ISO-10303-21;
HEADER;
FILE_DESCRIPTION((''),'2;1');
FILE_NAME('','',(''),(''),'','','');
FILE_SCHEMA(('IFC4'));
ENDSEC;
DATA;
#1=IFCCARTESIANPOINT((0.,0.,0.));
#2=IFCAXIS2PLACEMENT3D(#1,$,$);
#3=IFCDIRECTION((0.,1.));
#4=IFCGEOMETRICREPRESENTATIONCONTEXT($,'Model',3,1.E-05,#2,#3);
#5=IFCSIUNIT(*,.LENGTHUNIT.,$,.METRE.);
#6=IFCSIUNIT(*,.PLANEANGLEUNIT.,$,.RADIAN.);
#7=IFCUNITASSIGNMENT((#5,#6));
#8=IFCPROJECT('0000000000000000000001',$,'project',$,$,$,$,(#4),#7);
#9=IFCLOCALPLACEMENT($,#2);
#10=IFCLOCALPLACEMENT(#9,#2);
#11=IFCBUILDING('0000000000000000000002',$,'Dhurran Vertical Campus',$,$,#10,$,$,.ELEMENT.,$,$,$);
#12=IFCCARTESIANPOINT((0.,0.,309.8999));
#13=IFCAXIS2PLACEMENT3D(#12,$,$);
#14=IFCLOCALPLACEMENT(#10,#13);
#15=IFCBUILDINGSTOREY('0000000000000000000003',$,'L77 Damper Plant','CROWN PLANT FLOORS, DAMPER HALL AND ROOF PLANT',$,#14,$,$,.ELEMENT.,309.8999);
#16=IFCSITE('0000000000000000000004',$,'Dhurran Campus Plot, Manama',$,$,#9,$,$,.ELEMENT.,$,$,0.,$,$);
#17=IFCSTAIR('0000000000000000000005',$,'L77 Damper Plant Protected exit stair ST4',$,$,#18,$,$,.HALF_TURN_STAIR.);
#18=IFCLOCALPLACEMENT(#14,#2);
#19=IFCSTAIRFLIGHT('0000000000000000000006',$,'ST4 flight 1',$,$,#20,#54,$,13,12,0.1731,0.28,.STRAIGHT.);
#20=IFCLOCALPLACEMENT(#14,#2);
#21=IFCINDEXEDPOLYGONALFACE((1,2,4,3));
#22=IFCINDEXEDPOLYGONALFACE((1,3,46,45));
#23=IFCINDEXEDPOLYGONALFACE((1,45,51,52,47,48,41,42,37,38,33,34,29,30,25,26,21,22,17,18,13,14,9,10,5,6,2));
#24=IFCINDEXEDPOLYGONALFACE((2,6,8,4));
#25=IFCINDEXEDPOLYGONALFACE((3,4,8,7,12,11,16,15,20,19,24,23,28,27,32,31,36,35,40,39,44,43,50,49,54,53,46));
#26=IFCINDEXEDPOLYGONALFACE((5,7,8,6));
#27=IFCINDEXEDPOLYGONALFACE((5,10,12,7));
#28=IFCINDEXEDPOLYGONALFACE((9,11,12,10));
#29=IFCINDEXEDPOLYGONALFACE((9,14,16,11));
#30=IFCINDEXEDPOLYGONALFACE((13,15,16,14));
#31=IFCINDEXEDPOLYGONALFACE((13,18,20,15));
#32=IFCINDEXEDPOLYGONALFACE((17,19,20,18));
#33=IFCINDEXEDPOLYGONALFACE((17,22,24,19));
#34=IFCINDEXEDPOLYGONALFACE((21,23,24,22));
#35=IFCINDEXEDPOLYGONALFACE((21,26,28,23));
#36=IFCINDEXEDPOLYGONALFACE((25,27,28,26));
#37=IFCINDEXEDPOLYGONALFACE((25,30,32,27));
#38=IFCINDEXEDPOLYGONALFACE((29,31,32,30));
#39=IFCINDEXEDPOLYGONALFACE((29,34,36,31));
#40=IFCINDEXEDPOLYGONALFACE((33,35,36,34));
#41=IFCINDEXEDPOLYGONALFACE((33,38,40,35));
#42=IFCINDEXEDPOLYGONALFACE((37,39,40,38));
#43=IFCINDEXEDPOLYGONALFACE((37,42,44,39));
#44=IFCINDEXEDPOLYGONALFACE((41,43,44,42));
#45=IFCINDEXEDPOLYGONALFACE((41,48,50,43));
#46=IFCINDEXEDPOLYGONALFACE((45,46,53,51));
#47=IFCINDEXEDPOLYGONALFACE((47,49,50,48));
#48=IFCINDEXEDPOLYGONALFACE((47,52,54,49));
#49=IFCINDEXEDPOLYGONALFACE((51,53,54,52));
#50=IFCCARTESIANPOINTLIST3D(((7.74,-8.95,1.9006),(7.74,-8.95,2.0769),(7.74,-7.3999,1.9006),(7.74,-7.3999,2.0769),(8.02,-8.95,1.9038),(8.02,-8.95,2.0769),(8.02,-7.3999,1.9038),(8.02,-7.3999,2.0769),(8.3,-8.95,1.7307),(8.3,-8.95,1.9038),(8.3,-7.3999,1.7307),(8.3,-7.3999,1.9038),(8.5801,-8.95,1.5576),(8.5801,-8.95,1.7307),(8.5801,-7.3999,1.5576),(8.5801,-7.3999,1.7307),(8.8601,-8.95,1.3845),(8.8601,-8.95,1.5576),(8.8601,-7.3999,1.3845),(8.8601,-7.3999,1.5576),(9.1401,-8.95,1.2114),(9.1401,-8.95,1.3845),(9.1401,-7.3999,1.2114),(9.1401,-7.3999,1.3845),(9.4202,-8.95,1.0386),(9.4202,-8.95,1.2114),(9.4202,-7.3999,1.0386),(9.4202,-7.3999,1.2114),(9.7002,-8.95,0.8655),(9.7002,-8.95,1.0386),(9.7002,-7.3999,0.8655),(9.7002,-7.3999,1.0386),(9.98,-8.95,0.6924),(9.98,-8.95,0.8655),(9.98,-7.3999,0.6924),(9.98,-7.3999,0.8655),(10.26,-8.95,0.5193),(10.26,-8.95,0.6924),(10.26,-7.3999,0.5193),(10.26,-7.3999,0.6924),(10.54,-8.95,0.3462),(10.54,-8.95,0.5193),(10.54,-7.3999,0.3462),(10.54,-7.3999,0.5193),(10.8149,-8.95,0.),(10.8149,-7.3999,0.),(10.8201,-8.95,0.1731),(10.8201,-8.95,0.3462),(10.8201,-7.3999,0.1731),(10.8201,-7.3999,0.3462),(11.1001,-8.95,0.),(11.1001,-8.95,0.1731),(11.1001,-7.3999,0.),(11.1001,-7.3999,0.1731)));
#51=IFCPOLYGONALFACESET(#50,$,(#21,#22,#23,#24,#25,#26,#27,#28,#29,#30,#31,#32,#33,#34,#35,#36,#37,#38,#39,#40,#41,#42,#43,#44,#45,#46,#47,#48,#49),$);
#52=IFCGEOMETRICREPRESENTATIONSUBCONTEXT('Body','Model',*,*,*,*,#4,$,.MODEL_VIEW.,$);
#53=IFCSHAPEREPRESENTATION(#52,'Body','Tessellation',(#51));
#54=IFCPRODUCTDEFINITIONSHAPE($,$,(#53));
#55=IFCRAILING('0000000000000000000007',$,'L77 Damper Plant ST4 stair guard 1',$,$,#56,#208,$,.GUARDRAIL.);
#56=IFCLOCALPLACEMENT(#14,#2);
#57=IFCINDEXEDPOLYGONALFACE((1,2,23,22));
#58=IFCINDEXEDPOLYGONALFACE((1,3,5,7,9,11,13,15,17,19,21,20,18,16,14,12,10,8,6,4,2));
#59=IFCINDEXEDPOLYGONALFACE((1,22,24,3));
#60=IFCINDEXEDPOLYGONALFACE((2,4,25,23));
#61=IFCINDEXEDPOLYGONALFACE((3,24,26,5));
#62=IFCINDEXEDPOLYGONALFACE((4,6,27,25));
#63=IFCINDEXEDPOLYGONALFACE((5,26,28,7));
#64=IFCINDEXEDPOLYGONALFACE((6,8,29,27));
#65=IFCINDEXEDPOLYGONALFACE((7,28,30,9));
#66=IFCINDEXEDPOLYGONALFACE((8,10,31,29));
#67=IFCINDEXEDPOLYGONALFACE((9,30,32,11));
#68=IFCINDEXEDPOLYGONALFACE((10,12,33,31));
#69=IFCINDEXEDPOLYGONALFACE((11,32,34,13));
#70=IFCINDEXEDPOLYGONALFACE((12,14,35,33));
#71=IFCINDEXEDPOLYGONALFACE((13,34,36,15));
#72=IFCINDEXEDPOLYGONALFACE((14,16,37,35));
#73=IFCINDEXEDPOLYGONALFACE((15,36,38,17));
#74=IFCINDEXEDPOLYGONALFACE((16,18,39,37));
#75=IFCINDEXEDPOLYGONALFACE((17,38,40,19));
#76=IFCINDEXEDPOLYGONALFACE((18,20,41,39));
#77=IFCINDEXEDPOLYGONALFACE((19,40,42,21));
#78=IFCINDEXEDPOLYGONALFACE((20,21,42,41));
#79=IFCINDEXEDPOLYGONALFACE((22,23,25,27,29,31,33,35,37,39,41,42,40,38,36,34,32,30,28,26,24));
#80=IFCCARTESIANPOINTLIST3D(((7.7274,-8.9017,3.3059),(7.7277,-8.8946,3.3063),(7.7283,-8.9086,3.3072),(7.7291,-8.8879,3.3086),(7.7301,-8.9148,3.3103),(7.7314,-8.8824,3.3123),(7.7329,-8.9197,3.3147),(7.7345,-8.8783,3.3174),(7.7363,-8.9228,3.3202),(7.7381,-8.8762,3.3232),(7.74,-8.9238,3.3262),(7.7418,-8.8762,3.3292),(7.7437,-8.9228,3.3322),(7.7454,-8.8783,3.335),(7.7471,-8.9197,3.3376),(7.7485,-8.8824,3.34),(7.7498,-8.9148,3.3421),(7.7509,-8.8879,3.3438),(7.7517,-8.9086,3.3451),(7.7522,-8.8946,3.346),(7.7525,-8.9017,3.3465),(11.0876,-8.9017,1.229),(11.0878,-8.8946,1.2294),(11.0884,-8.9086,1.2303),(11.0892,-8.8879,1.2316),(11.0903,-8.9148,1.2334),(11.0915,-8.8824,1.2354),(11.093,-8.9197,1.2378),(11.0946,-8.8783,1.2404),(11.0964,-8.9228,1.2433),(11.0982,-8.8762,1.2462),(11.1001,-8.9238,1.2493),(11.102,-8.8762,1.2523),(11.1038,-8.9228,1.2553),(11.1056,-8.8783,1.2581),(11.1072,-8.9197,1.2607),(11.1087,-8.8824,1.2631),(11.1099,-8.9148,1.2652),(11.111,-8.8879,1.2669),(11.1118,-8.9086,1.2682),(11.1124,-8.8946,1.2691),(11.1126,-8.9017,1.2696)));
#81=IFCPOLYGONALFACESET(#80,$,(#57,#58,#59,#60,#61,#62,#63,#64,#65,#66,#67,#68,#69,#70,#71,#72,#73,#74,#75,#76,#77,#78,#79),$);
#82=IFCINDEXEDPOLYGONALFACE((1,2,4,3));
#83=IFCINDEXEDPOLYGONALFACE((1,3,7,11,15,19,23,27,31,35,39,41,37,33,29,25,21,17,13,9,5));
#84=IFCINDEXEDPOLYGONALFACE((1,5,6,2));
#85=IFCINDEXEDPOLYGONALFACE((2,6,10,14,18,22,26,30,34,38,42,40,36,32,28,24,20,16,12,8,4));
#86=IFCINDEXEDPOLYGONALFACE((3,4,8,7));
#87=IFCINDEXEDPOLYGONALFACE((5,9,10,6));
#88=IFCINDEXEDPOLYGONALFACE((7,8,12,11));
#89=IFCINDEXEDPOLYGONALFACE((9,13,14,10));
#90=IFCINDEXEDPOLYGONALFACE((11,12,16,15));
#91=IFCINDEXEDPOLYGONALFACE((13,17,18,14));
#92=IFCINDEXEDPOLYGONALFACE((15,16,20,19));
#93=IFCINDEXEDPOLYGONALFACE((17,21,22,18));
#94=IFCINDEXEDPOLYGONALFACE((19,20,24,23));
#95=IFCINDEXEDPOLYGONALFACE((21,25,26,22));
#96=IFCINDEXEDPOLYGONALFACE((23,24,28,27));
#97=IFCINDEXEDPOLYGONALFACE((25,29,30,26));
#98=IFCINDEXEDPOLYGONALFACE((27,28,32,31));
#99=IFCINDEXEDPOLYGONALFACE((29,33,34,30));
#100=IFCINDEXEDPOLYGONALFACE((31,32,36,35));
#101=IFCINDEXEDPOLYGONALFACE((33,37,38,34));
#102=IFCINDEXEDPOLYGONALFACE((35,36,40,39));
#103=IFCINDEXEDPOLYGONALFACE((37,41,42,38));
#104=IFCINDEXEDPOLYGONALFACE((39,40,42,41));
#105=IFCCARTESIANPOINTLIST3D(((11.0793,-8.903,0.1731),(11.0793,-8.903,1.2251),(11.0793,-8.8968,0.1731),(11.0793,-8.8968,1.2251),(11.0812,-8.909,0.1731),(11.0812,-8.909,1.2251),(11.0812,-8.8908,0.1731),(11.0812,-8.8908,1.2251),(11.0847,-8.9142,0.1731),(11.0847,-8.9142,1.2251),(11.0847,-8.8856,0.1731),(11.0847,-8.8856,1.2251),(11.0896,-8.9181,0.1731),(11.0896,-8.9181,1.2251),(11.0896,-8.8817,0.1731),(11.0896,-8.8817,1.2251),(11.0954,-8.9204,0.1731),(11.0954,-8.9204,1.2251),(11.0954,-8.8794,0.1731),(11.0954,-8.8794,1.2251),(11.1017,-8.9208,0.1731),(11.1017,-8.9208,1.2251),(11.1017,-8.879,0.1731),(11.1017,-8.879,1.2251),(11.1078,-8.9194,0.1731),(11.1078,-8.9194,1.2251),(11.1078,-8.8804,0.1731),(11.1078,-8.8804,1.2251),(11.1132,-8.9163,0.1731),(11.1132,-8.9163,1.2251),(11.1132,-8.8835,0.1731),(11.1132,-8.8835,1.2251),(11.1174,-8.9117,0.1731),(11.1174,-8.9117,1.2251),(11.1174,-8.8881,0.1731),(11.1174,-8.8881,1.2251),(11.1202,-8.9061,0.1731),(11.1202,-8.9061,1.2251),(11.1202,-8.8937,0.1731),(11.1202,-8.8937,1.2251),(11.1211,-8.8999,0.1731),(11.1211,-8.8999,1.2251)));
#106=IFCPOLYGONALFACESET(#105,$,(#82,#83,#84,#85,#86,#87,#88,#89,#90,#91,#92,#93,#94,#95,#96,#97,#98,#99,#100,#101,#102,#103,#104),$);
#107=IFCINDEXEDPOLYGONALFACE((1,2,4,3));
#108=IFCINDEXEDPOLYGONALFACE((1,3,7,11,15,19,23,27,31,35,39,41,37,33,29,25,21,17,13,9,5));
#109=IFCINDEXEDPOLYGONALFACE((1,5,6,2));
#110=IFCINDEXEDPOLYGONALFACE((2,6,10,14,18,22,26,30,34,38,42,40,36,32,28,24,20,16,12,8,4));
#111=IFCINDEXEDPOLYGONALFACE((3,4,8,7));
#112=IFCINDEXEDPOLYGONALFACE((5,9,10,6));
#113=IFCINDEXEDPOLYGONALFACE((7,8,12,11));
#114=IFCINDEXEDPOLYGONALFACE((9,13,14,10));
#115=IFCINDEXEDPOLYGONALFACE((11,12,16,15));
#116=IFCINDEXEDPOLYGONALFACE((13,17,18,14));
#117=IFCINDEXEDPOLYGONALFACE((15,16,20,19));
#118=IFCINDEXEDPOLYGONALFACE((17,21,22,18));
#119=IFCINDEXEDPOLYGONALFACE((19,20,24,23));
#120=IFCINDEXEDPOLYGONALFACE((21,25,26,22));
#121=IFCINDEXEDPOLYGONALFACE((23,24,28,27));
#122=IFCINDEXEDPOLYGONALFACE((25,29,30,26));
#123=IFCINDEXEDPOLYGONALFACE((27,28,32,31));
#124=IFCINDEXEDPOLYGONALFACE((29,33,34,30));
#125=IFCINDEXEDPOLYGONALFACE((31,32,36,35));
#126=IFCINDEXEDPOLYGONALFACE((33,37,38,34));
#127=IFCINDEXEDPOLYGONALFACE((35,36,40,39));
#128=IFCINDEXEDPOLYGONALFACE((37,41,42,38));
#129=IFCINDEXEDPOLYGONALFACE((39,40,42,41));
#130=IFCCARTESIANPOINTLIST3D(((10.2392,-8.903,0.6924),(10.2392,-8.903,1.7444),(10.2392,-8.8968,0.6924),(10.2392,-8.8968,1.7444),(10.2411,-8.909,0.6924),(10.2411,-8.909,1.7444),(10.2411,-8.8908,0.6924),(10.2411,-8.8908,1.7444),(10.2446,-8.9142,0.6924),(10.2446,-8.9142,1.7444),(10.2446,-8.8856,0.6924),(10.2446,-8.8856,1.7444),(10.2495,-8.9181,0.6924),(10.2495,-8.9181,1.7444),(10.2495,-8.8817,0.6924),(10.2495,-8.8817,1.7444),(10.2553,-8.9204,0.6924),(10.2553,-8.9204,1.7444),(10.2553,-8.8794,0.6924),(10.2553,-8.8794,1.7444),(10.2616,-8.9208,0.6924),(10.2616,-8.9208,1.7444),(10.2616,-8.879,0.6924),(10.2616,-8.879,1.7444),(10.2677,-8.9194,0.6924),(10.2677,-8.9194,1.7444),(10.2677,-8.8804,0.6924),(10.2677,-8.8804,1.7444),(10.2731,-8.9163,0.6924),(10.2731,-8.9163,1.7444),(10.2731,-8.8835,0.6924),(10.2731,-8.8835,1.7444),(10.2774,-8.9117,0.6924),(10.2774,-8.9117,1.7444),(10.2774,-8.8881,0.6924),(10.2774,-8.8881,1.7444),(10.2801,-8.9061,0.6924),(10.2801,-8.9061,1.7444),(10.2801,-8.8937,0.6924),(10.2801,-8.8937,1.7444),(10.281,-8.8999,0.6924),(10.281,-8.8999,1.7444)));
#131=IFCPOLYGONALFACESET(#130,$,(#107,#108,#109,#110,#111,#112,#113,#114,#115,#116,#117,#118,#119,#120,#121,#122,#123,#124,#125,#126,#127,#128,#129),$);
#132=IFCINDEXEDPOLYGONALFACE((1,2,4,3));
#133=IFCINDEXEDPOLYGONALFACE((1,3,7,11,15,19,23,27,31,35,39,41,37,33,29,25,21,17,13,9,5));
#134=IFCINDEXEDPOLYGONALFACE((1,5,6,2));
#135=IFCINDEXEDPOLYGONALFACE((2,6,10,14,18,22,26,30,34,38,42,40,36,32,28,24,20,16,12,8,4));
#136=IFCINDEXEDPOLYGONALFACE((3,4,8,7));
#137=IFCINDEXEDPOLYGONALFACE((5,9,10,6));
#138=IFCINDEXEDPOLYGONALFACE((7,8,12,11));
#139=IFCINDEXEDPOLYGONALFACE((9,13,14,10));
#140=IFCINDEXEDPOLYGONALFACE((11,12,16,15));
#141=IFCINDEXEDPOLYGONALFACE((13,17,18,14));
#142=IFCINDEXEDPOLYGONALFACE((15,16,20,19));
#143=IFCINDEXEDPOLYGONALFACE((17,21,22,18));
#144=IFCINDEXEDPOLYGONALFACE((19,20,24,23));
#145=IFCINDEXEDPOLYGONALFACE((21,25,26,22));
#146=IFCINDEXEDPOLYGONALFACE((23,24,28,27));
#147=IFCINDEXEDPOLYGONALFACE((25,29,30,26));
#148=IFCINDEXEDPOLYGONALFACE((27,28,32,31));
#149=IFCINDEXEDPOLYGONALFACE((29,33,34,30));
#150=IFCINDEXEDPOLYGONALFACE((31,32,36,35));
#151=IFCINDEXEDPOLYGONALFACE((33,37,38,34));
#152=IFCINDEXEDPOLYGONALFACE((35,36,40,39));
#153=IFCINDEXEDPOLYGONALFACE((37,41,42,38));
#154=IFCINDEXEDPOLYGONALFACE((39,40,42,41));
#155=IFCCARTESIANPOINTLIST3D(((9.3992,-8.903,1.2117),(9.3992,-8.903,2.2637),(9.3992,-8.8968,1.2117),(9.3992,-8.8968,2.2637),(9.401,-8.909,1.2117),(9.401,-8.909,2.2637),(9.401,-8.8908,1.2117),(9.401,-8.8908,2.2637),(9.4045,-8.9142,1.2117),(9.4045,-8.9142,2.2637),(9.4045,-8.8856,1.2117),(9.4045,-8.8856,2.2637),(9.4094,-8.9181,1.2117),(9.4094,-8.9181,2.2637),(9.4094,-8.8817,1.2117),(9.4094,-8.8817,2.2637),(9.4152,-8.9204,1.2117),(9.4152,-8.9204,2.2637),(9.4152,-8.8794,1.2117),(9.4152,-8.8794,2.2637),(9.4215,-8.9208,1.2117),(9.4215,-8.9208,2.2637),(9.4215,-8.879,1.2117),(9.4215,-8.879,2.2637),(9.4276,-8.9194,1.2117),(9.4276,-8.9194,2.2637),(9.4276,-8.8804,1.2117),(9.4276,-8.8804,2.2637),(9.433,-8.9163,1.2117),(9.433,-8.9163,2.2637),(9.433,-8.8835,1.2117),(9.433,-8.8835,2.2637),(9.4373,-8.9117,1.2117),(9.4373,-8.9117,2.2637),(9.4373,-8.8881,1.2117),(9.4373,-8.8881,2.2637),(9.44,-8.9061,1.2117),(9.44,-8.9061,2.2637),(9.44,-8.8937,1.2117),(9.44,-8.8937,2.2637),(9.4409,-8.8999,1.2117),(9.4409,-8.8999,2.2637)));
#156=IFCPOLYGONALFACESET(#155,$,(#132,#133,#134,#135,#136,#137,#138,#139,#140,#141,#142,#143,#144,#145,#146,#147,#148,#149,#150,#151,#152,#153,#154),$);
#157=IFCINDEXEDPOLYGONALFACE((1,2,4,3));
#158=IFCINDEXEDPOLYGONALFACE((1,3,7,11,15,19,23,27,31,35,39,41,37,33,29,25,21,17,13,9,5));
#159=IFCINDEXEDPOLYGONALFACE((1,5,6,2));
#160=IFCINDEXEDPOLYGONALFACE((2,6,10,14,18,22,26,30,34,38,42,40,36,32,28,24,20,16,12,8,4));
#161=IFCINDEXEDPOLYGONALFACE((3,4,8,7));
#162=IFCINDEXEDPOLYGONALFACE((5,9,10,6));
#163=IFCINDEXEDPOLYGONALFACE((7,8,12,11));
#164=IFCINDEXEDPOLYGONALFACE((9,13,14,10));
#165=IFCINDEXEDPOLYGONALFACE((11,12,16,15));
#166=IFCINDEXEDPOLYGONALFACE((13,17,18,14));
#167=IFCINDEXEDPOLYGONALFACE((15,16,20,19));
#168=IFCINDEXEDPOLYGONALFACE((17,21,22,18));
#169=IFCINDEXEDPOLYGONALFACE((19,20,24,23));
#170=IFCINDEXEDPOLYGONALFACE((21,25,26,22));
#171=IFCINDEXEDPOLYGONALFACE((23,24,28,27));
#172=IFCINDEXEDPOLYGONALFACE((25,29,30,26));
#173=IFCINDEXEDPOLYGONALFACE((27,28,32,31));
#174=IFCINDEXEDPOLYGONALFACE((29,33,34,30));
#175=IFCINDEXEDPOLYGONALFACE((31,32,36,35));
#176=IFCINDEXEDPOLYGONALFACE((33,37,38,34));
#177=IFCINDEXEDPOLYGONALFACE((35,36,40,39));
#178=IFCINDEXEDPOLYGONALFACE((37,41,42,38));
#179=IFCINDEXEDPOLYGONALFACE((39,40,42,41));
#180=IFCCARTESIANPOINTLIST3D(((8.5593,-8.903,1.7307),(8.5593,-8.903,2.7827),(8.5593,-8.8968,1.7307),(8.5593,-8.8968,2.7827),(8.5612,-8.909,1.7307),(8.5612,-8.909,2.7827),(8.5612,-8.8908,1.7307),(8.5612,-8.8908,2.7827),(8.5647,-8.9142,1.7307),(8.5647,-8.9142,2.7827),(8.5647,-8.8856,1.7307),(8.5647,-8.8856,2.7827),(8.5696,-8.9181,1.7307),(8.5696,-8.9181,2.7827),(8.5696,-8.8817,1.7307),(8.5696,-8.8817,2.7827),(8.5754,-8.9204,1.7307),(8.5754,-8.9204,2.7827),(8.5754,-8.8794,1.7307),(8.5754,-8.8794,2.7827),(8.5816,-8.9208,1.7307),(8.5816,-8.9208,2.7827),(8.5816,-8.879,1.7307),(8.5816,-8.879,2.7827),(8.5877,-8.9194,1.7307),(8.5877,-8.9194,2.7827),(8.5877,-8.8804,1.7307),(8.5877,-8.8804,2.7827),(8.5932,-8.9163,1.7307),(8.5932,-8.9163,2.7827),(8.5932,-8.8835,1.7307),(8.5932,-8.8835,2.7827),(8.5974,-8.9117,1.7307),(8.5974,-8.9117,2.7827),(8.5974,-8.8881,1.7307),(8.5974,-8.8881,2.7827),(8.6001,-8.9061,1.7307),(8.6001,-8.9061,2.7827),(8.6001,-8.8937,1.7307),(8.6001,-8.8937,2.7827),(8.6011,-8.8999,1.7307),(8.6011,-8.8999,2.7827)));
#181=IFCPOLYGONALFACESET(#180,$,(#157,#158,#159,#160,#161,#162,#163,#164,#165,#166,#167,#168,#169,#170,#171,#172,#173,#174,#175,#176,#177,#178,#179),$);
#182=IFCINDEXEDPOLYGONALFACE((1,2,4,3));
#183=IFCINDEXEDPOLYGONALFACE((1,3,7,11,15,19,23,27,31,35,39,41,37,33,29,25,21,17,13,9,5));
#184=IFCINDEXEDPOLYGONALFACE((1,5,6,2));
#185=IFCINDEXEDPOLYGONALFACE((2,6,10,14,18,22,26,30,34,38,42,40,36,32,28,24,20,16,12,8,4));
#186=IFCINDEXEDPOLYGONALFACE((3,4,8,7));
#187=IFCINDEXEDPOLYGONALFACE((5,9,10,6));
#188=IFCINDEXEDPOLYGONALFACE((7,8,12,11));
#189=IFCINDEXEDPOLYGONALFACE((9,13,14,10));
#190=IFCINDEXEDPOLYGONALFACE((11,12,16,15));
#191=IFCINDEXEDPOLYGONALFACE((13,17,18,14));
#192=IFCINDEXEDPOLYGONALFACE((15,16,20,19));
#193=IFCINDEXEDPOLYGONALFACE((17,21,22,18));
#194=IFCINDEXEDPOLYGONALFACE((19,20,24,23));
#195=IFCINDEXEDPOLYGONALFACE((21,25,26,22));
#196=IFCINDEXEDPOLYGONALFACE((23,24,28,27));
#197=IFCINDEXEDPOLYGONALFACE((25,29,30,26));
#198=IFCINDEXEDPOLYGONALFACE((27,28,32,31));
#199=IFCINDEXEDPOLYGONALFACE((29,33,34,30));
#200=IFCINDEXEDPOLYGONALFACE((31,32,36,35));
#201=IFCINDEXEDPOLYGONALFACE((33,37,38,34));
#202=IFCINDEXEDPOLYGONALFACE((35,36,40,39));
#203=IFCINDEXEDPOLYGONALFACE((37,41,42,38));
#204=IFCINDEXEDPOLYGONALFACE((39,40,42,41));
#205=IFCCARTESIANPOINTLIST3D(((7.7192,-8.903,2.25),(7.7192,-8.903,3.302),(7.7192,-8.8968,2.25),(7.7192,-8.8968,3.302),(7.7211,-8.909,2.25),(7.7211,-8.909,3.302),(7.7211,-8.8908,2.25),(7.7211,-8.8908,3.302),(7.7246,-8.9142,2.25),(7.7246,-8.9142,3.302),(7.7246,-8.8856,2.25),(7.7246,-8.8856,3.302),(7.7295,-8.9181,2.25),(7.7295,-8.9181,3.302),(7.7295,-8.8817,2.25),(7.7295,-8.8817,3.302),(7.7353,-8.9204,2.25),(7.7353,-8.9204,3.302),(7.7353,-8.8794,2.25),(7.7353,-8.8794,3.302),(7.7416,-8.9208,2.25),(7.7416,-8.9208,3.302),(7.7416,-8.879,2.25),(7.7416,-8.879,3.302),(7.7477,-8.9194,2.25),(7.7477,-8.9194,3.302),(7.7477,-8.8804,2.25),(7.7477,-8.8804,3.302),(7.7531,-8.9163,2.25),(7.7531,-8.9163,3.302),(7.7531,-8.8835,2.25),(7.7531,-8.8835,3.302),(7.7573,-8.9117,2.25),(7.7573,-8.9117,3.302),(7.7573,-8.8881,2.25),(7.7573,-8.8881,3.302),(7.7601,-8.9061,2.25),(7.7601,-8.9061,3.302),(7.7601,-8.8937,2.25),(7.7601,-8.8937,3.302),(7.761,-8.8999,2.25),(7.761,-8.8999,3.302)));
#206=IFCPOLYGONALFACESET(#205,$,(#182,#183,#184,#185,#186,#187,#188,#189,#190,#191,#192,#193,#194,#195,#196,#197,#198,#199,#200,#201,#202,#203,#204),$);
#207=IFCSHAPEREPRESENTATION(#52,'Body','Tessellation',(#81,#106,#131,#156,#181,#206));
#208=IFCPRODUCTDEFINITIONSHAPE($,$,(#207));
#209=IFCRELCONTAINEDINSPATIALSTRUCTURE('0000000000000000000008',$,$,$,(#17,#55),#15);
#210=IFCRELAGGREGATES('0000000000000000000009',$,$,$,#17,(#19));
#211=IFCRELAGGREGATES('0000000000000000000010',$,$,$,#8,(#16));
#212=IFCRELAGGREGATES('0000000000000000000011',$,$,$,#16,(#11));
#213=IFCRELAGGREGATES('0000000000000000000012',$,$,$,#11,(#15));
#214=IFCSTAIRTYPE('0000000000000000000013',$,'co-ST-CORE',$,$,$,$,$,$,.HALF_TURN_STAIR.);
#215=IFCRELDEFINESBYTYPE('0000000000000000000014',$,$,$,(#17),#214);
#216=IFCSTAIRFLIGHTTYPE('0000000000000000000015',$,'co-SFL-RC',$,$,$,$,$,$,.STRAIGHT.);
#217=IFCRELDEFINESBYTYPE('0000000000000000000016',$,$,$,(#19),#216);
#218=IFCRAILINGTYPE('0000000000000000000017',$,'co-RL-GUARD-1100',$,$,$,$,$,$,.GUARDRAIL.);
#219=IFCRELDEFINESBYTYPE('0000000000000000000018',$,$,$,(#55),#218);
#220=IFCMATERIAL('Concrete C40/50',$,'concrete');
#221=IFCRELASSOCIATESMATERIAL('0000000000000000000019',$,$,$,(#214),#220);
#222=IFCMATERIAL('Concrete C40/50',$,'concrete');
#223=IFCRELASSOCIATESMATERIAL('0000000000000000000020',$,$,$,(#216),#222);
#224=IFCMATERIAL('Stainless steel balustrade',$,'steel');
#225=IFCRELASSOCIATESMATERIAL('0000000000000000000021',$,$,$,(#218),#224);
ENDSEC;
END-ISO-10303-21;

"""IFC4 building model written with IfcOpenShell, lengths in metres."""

from ifc_helpers import new_model, si_unit, direction, frame, origin, origin_2d, place, context, subcontext, project, spatial, polyline, circle, outline, extrude, material, type_object, element, aggregate, save


model = new_model("IFC4")

# Units and contexts
model_context = context("Model", 3, precision=1e-05, world=origin(), true_north=direction((0.0, 1.0)))
body_context = subcontext(model_context, "Body", "Model", "MODEL_VIEW")
ifc_project = project(units=[si_unit("LENGTHUNIT", "METRE"), si_unit("PLANEANGLEUNIT", "RADIAN")], contexts=[model_context])

# Site, building, storey
site_placement = place(None, origin())
site = spatial("IfcSite", under=ifc_project, at=site_placement, Name="Dhurran Campus Plot, Manama", CompositionType="ELEMENT", RefElevation=0.0)
building_placement = place(site_placement, origin())
building = spatial("IfcBuilding", under=site, at=building_placement, Name="Dhurran Vertical Campus", CompositionType="ELEMENT")
storey_placement = place(building_placement, frame((0.0, 0.0, 309.8999)))
storey = spatial("IfcBuildingStorey", under=building, at=storey_placement, Name="L77 Damper Plant", Description="CROWN PLANT FLOORS, DAMPER HALL AND ROOF PLANT", CompositionType="ELEMENT", Elevation=309.8999)

# Stair, stair flight
ifc_material_1 = material(Name="Concrete C40/50", Category="concrete")
stair_type = type_object("IfcStairType", Name="co-ST-CORE", PredefinedType="HALF_TURN_STAIR", material=ifc_material_1)
stair_placement = place(storey_placement, origin())
stair = element("IfcStair", 1, at=stair_placement, inside=storey, type_object=stair_type, Name="L77 Damper Plant Protected exit stair ST4", PredefinedType="HALF_TURN_STAIR")
ifc_material_2 = material(Name="Concrete C40/50", Category="concrete")
stair_flight_type = type_object("IfcStairFlightType", Name="co-SFL-RC", PredefinedType="STRAIGHT", material=ifc_material_2)
stair_flight_placement = place(storey_placement, frame((11.1001, -8.175, 0.0), z_axis=(0.0, 0.0, 1.0), x_axis=(-1.0, 0.0, 0.0)))
stair_flight = element("IfcStairFlight", 2, at=stair_flight_placement, type_object=stair_flight_type, Name="ST4 flight 1", NumberOfRisers=13, NumberOfTreads=12, PredefinedType="STRAIGHT", RiserHeight=0.1731, TreadLength=0.28, context=body_context, shape_type="SweptSolid", body=[
    extrude(outline(polyline([(0.0, 0.0), (0.0, 0.1731), (0.28, 0.1731), (0.28, 0.3462), (0.5601, 0.3462), (0.5601, 0.5193), (0.8401, 0.5193), (0.8401, 0.6924), (1.1201, 0.6924), (1.1201, 0.8655), (1.3999, 0.8655), (1.3999, 1.0386), (1.6799, 1.0386), (1.6799, 1.2114), (1.96, 1.2114), (1.96, 1.3845), (2.24, 1.3845), (2.24, 1.5576), (2.52, 1.5576), (2.52, 1.7307), (2.8, 1.7307), (2.8, 1.9038), (3.0801, 1.9038), (3.0801, 2.0769), (3.3601, 2.0769), (3.3601, 2.25), (3.3601, 1.9006), (0.2852, 0.0), (0.0, 0.0)])), frame((0.0, 0.7749, 0.0), z_axis=(0.0, -1.0, 0.0), x_axis=(1.0, 0.0, 0.0)), (0.0, 0.0, 1.0), 1.55),
])
aggregate(stair, [stair_flight])

# Railing
ifc_material_3 = material(Name="Stainless steel balustrade", Category="steel")
railing_type = type_object("IfcRailingType", Name="co-RL-GUARD-1100", PredefinedType="GUARDRAIL", material=ifc_material_3)
railing_1_placement = place(storey_placement, frame((11.1001, -8.8999, 0.1731)))
element("IfcRailing", 3, at=railing_1_placement, inside=storey, type_object=railing_type, Name="L77 Damper Plant ST4 stair guard 1", PredefinedType="GUARDRAIL", context=body_context, shape_type="SweptSolid", body=[
    extrude(circle(Radius=0.0239, at=origin_2d()), frame((0.0, 0.0, 1.0762), z_axis=(-0.850623, 0.0, 0.525776), x_axis=(0.0, -1.0, 0.0)), (0.0, 0.0, 1.0), 3.9502),
    extrude(circle(Radius=0.021, at=origin_2d()), origin(), (0.0, 0.0, 1.0), 1.052),
    extrude(circle(Radius=0.021, at=origin_2d()), frame((-0.8401, 0.0, 0.5193)), (0.0, 0.0, 1.0), 1.052),
    extrude(circle(Radius=0.021, at=origin_2d()), frame((-1.6802, 0.0, 1.0386)), (0.0, 0.0, 1.0), 1.052),
    extrude(circle(Radius=0.021, at=origin_2d()), frame((-2.52, 0.0, 1.5576)), (0.0, 0.0, 1.0), 1.052),
    extrude(circle(Radius=0.021, at=origin_2d()), frame((-3.3601, 0.0, 2.0769)), (0.0, 0.0, 1.0), 1.052),
])

save(model, "model.ifc")
